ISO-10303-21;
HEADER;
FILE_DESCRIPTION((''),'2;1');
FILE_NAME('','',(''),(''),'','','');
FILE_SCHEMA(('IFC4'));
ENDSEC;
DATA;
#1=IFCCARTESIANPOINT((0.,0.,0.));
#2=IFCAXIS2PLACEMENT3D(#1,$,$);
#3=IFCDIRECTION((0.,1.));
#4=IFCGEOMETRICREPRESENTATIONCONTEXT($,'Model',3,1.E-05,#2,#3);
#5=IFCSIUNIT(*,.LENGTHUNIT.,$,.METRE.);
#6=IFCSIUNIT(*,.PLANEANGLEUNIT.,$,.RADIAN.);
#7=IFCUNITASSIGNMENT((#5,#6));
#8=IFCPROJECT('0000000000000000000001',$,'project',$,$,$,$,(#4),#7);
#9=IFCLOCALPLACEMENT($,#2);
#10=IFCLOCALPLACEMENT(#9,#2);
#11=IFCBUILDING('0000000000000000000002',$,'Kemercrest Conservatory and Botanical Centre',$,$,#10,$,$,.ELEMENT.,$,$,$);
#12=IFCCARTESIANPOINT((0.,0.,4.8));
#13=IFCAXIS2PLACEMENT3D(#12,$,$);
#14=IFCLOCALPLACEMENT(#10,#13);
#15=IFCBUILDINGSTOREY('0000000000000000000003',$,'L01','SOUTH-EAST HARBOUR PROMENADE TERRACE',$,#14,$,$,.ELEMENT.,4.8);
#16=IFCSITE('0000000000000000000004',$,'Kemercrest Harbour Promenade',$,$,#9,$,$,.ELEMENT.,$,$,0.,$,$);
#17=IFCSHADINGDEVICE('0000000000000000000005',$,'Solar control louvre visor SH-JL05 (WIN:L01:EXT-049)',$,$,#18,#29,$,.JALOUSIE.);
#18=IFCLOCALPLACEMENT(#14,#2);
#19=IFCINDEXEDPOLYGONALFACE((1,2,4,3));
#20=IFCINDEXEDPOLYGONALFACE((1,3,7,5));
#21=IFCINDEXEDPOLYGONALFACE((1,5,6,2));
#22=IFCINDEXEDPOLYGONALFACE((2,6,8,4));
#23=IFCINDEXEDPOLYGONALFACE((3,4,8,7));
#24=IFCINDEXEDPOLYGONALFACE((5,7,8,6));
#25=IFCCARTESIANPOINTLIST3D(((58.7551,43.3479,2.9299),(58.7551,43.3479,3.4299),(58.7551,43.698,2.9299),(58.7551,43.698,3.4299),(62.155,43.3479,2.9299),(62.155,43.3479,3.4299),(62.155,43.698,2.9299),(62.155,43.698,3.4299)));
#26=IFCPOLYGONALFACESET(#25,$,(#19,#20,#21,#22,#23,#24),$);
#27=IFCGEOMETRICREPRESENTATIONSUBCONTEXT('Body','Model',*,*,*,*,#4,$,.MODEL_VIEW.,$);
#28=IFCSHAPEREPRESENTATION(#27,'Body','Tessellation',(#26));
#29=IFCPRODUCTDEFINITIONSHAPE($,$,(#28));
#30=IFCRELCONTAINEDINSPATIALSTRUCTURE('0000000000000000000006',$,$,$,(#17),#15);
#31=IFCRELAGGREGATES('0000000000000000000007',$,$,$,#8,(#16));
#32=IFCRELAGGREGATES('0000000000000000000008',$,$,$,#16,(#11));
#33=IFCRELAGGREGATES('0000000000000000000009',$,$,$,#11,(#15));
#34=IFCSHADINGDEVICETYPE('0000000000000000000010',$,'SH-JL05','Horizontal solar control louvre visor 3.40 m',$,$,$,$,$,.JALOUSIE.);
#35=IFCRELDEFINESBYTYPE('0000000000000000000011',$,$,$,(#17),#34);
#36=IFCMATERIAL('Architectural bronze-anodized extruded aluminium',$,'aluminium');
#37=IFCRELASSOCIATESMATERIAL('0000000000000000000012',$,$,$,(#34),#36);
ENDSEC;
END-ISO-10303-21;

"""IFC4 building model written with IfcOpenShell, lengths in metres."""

from ifc_helpers import new_model, si_unit, direction, frame, origin, origin_2d, place, context, subcontext, project, spatial, rectangle, extrude, material, type_object, element, save


model = new_model("IFC4")

# Units and contexts
model_context = context("Model", 3, precision=1e-05, world=origin(), true_north=direction((0.0, 1.0)))
body_context = subcontext(model_context, "Body", "Model", "MODEL_VIEW")
ifc_project = project(units=[si_unit("LENGTHUNIT", "METRE"), si_unit("PLANEANGLEUNIT", "RADIAN")], contexts=[model_context])

# Site, building, storey
site_placement = place(None, origin())
site = spatial("IfcSite", under=ifc_project, at=site_placement, Name="Kemercrest Harbour Promenade", CompositionType="ELEMENT", RefElevation=0.0)
building_placement = place(site_placement, origin())
building = spatial("IfcBuilding", under=site, at=building_placement, Name="Kemercrest Conservatory and Botanical Centre", CompositionType="ELEMENT")
storey_placement = place(building_placement, frame((0.0, 0.0, 4.8)))
storey = spatial("IfcBuildingStorey", under=building, at=storey_placement, Name="L01", Description="SOUTH-EAST HARBOUR PROMENADE TERRACE", CompositionType="ELEMENT", Elevation=4.8)

# Shading device
ifc_material_1 = material(Name="Architectural bronze-anodized extruded aluminium", Category="aluminium")
shading_device_type = type_object("IfcShadingDeviceType", Name="SH-JL05", Description="Horizontal solar control louvre visor 3.40 m", PredefinedType="JALOUSIE", material=ifc_material_1)
shading_device_placement = place(storey_placement, frame((60.4551, 43.5229, 2.9299), z_axis=(0.0, 0.0, 1.0), x_axis=(-1.0, 0.0, 0.0)))
element("IfcShadingDevice", 1, at=shading_device_placement, inside=storey, type_object=shading_device_type, Name="Solar control louvre visor SH-JL05 (WIN:L01:EXT-049)", PredefinedType="JALOUSIE", context=body_context, shape_type="SweptSolid", body=[
    extrude(rectangle(XDim=3.3999, YDim=0.3501, at=origin_2d()), origin(), (0.0, 0.0, 1.0), 0.5),
])

save(model, "model.ifc")
